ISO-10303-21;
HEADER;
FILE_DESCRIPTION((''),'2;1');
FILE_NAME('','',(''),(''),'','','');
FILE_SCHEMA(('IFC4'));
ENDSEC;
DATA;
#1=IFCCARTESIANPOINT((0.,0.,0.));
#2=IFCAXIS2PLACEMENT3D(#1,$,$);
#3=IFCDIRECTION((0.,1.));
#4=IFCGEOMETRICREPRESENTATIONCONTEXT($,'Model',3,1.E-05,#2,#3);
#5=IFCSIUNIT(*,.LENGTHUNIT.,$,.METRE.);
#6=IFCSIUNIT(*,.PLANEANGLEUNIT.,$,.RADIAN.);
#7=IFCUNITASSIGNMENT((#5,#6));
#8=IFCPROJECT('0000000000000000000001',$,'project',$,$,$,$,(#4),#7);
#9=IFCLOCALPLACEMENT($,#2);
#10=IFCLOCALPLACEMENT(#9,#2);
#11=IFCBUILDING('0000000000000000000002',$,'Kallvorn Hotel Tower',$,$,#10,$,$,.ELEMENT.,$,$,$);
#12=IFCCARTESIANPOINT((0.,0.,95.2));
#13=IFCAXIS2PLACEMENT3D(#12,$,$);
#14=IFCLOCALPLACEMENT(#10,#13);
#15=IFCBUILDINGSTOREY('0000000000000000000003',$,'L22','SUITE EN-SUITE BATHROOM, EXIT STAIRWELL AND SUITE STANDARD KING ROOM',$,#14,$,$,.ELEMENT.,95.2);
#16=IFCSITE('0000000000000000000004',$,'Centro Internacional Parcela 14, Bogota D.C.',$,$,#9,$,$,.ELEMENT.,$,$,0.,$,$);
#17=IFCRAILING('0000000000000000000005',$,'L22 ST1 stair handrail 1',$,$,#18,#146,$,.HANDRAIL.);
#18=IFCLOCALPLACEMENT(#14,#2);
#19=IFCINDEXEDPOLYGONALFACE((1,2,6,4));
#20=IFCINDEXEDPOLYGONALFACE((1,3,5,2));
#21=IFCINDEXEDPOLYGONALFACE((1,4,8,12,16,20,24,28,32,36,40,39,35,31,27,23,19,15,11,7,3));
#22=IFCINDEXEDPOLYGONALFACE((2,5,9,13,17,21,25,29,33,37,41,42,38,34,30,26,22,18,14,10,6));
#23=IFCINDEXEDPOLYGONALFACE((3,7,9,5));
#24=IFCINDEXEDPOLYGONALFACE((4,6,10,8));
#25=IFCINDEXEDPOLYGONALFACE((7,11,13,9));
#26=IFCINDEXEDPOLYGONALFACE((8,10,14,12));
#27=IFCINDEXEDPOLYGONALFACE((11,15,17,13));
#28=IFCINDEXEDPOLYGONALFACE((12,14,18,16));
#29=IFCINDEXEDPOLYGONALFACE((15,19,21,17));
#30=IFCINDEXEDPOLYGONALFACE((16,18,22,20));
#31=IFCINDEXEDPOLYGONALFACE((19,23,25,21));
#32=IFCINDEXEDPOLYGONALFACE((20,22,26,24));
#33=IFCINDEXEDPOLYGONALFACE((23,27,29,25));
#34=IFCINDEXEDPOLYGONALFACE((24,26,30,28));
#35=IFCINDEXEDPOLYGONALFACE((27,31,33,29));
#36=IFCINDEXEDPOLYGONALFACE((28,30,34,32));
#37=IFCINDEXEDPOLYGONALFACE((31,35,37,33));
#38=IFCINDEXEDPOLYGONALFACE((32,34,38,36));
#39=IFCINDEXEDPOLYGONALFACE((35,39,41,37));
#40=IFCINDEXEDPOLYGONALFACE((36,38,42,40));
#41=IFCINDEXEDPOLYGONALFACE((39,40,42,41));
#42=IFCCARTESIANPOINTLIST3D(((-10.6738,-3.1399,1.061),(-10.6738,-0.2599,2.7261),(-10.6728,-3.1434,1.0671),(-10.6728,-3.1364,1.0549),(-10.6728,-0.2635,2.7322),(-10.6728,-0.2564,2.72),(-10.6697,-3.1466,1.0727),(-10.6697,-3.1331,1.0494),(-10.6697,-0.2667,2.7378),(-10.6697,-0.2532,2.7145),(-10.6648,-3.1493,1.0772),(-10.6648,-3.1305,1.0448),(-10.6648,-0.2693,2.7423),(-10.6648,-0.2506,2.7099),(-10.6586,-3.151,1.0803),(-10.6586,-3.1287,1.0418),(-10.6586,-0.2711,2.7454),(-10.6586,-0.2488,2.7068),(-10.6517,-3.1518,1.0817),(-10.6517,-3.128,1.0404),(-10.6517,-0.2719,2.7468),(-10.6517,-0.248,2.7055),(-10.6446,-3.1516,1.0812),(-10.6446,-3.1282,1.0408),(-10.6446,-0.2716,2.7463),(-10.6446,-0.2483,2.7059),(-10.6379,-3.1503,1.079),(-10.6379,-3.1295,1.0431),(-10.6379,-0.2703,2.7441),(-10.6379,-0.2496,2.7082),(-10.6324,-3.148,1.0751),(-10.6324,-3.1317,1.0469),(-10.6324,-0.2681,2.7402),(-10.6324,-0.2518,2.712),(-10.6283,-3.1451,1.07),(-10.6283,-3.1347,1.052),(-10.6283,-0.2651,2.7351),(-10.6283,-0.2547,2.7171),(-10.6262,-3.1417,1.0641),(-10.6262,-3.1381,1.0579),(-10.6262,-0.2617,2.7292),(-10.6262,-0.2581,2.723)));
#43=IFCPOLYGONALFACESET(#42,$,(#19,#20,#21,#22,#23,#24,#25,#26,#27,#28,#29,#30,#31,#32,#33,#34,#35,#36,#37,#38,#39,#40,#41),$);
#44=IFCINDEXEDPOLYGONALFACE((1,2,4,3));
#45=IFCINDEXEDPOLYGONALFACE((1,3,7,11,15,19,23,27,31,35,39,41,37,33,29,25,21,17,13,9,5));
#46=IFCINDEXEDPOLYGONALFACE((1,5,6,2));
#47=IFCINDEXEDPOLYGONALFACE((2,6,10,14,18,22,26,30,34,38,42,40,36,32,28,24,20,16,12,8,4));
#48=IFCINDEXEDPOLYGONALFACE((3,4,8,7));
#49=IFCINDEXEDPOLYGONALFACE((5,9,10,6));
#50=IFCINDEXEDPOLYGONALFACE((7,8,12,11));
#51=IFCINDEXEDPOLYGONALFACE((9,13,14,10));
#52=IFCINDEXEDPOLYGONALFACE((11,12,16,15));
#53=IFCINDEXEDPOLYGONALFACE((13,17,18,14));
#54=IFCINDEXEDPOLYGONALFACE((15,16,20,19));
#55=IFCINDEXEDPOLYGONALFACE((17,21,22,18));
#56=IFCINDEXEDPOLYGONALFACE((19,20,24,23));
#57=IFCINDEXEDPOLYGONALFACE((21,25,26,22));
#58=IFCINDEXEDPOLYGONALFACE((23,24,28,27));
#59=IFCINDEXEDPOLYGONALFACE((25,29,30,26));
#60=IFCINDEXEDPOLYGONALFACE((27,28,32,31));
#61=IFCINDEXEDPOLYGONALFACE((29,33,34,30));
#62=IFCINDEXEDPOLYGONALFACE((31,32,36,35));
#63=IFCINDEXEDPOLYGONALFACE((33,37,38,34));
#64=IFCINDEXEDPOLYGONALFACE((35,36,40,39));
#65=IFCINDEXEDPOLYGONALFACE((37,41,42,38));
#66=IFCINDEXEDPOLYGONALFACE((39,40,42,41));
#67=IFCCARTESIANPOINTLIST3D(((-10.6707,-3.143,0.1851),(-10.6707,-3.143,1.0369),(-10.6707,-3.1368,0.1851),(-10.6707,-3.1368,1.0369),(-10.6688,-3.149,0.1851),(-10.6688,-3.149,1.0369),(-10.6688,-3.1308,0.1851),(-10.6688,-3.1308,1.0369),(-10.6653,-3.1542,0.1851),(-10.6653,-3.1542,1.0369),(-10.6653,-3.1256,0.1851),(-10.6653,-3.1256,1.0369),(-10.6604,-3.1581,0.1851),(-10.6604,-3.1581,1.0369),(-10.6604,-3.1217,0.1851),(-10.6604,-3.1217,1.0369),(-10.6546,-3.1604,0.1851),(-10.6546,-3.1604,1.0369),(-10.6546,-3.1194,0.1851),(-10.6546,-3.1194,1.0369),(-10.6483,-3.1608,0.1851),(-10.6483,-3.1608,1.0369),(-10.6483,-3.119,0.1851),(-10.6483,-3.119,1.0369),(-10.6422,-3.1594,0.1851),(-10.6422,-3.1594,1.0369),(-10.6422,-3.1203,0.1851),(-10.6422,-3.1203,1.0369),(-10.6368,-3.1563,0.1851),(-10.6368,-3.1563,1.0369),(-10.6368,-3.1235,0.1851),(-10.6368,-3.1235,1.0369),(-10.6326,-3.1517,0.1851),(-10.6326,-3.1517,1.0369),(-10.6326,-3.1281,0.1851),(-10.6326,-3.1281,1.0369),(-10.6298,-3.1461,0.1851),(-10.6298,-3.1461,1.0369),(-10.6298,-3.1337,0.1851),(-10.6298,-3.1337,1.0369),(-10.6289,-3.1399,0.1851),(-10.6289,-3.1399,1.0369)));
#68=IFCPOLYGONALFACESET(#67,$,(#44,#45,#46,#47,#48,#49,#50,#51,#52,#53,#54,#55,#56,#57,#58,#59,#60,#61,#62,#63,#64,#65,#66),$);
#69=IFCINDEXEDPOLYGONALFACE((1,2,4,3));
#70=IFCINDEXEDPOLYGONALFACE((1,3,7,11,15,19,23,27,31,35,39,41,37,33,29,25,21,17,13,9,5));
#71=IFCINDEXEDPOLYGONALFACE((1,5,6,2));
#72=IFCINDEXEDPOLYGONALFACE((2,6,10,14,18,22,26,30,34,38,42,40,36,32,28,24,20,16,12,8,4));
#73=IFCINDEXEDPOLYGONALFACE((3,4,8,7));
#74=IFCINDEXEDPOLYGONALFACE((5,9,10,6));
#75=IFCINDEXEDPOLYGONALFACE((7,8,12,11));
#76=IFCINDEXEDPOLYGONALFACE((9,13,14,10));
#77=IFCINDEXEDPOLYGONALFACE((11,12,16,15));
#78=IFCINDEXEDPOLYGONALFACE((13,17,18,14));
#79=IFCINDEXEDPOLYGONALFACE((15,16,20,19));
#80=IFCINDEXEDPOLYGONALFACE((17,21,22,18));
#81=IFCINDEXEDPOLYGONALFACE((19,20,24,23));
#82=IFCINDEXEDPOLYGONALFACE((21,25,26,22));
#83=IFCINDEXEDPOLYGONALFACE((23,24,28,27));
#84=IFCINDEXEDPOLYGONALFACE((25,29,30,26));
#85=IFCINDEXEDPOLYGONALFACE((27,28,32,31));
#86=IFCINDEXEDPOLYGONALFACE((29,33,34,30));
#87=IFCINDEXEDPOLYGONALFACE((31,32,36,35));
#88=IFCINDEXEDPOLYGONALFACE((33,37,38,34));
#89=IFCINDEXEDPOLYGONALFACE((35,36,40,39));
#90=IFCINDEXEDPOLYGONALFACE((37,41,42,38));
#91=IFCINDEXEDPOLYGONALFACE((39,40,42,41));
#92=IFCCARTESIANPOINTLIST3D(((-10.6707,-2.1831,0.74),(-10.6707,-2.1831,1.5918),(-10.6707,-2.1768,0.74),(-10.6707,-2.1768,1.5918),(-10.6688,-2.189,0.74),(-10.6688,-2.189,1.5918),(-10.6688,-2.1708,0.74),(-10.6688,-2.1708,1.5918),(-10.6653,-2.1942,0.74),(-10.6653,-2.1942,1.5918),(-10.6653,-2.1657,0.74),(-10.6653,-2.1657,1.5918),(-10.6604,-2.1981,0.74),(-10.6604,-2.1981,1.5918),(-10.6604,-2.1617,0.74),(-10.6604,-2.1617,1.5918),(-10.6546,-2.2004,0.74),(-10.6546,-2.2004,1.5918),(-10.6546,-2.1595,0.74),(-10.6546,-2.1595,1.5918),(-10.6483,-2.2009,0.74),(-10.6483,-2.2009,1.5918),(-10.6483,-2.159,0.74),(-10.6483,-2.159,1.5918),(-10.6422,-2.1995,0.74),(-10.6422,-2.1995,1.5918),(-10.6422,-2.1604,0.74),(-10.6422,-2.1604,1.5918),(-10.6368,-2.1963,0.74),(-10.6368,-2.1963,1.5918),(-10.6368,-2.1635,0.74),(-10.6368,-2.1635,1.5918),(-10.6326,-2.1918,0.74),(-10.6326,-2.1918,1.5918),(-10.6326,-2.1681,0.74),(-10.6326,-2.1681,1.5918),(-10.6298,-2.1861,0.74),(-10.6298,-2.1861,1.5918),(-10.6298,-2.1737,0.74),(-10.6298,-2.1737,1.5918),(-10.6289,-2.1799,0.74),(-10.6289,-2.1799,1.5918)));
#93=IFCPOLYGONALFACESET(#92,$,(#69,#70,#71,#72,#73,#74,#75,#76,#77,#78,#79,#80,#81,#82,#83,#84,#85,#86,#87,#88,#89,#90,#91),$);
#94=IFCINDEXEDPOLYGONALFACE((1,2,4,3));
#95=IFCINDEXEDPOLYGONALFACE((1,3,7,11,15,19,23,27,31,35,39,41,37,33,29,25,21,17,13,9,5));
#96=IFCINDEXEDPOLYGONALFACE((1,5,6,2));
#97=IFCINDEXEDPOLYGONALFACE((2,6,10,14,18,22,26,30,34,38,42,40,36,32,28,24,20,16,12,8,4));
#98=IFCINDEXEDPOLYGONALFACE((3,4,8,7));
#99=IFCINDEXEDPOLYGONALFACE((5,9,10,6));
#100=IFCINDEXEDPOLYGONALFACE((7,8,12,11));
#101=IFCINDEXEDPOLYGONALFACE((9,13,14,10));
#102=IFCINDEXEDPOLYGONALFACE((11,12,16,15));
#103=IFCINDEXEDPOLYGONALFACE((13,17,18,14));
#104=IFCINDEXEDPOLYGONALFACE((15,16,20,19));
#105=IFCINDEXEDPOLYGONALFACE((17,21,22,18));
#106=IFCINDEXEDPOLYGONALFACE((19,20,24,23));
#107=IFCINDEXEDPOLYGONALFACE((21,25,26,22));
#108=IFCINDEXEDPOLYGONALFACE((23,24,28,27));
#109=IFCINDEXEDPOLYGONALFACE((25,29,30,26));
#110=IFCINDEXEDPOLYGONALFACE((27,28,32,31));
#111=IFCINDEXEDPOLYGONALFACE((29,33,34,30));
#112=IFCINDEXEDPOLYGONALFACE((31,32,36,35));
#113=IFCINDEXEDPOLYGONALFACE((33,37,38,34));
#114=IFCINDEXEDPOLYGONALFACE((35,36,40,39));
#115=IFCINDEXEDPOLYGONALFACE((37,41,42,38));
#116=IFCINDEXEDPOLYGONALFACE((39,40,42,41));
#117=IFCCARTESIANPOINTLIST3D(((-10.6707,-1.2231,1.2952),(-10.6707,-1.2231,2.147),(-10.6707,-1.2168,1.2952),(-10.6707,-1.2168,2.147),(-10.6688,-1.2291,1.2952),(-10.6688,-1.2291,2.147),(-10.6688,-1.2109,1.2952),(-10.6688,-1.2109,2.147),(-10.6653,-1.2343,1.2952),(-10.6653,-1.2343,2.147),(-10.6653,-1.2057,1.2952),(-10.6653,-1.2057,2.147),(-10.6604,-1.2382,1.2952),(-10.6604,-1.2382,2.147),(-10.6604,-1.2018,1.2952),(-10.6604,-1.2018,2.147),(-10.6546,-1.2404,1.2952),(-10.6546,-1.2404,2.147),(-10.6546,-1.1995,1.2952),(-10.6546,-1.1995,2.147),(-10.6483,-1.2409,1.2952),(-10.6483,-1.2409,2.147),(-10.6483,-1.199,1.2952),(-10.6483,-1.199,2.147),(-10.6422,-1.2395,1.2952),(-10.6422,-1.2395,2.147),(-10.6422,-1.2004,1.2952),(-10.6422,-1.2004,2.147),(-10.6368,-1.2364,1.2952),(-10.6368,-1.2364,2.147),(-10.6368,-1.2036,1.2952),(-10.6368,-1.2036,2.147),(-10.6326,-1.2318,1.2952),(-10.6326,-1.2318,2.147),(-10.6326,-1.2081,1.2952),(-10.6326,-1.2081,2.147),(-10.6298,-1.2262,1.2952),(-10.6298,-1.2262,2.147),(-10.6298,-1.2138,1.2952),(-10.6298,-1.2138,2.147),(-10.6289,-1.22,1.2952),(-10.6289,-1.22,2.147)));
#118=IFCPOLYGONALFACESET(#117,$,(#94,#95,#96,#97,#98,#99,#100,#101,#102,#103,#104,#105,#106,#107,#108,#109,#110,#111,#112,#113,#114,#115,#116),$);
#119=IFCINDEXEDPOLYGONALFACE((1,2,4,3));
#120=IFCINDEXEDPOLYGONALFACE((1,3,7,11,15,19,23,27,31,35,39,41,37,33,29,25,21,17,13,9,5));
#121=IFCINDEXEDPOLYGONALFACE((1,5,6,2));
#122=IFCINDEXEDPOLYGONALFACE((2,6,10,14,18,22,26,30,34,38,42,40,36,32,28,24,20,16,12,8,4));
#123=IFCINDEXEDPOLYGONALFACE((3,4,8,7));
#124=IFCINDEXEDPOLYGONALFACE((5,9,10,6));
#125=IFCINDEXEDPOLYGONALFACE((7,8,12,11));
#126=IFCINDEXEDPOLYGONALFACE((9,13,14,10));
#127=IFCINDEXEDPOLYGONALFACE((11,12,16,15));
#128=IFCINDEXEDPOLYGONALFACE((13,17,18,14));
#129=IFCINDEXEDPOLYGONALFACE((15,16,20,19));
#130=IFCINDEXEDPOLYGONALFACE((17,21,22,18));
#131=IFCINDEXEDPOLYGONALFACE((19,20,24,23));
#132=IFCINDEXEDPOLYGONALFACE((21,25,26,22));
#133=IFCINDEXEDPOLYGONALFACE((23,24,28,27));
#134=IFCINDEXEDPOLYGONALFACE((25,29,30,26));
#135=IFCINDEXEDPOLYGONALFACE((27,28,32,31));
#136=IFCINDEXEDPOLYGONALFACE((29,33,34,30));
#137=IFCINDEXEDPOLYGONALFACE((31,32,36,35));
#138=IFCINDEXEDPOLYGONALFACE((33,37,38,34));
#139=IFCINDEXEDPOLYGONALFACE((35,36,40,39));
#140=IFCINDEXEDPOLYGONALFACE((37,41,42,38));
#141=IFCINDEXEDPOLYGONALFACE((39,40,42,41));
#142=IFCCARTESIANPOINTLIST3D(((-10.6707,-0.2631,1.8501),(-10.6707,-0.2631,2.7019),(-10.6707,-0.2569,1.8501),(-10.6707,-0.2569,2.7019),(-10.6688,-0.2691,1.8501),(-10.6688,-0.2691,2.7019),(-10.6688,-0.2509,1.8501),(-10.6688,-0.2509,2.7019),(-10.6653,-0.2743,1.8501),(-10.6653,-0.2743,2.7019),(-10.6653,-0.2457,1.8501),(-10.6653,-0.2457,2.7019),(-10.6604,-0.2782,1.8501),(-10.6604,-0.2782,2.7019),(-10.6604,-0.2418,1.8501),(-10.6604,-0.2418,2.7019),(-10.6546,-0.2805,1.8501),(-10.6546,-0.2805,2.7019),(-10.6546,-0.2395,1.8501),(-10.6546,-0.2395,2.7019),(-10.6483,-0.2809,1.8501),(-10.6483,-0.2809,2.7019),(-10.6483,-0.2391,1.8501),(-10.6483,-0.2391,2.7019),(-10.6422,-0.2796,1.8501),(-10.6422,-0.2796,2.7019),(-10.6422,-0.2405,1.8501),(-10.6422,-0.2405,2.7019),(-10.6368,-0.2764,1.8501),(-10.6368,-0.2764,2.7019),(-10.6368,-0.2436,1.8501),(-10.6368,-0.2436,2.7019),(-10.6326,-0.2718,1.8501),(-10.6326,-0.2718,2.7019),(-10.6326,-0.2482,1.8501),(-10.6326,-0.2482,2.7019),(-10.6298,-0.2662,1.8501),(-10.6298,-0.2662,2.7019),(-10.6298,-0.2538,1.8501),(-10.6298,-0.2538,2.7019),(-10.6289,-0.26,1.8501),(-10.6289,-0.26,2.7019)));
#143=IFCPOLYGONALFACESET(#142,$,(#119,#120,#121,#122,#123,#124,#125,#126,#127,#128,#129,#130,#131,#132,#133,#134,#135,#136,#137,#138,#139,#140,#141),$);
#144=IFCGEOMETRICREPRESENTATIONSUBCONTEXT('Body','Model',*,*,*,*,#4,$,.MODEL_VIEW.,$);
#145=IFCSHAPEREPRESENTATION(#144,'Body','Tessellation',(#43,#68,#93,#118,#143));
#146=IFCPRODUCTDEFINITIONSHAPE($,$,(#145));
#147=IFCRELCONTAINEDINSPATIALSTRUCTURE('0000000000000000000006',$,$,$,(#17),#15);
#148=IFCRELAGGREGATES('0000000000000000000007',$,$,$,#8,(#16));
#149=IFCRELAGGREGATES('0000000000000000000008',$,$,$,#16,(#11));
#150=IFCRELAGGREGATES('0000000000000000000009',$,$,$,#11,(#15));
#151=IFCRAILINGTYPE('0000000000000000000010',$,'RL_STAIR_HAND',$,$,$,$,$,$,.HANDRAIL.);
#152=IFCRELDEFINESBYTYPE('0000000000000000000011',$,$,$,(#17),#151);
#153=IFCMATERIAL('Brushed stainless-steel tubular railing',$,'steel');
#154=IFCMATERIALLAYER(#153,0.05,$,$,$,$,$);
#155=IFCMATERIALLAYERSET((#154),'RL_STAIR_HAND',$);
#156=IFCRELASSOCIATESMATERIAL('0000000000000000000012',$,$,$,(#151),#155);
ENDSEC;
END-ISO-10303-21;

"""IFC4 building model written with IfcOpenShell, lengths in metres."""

from ifc_helpers import new_model, si_unit, direction, frame, origin, origin_2d, place, context, subcontext, project, spatial, circle, extrude, material, layer, layer_set, type_object, element, save


model = new_model("IFC4")

# Units and contexts
model_context = context("Model", 3, precision=1e-05, world=origin(), true_north=direction((0.0, 1.0)))
body_context = subcontext(model_context, "Body", "Model", "MODEL_VIEW")
ifc_project = project(units=[si_unit("LENGTHUNIT", "METRE"), si_unit("PLANEANGLEUNIT", "RADIAN")], contexts=[model_context])

# Site, building, storey
site_placement = place(None, origin())
site = spatial("IfcSite", under=ifc_project, at=site_placement, Name="Centro Internacional Parcela 14, Bogota D.C.", CompositionType="ELEMENT", RefElevation=0.0)
building_placement = place(site_placement, origin())
building = spatial("IfcBuilding", under=site, at=building_placement, Name="Kallvorn Hotel Tower", CompositionType="ELEMENT")
storey_placement = place(building_placement, frame((0.0, 0.0, 95.2)))
storey = spatial("IfcBuildingStorey", under=building, at=storey_placement, Name="L22", Description="SUITE EN-SUITE BATHROOM, EXIT STAIRWELL AND SUITE STANDARD KING ROOM", CompositionType="ELEMENT", Elevation=95.2)

# Railing
ifc_material_1 = material(Name="Brushed stainless-steel tubular railing", Category="steel")
ifc_layer_1 = layer(ifc_material_1, 0.05)
ifc_layer_set_1 = layer_set([ifc_layer_1], Name="RL_STAIR_HAND")
railing_type_1 = type_object("IfcRailingType", Name="RL_STAIR_HAND", PredefinedType="HANDRAIL", material=ifc_layer_set_1)
railing_1_placement = place(storey_placement, frame((-10.6499, -3.1399, 0.1851)))
element("IfcRailing", 1, at=railing_1_placement, inside=storey, type_object=railing_type_1, Name="L22 ST1 stair handrail 1", PredefinedType="HANDRAIL", context=body_context, shape_type="SweptSolid", body=[
    extrude(circle(Radius=0.0239, at=origin_2d()), frame((0.0, 0.0, 0.876), z_axis=(0.0, 0.865721, 0.500527), x_axis=(-1.0, 0.0, 0.0)), (0.0, 0.0, 1.0), 3.3267),
    extrude(circle(Radius=0.021, at=origin_2d()), origin(), (0.0, 0.0, 1.0), 0.8518),
    extrude(circle(Radius=0.021, at=origin_2d()), frame((0.0, 0.96, 0.5549)), (0.0, 0.0, 1.0), 0.8518),
    extrude(circle(Radius=0.021, at=origin_2d()), frame((0.0, 1.9199, 1.1101)), (0.0, 0.0, 1.0), 0.8518),
    extrude(circle(Radius=0.021, at=origin_2d()), frame((0.0, 2.8799, 1.665)), (0.0, 0.0, 1.0), 0.8518),
])

save(model, "model.ifc")
